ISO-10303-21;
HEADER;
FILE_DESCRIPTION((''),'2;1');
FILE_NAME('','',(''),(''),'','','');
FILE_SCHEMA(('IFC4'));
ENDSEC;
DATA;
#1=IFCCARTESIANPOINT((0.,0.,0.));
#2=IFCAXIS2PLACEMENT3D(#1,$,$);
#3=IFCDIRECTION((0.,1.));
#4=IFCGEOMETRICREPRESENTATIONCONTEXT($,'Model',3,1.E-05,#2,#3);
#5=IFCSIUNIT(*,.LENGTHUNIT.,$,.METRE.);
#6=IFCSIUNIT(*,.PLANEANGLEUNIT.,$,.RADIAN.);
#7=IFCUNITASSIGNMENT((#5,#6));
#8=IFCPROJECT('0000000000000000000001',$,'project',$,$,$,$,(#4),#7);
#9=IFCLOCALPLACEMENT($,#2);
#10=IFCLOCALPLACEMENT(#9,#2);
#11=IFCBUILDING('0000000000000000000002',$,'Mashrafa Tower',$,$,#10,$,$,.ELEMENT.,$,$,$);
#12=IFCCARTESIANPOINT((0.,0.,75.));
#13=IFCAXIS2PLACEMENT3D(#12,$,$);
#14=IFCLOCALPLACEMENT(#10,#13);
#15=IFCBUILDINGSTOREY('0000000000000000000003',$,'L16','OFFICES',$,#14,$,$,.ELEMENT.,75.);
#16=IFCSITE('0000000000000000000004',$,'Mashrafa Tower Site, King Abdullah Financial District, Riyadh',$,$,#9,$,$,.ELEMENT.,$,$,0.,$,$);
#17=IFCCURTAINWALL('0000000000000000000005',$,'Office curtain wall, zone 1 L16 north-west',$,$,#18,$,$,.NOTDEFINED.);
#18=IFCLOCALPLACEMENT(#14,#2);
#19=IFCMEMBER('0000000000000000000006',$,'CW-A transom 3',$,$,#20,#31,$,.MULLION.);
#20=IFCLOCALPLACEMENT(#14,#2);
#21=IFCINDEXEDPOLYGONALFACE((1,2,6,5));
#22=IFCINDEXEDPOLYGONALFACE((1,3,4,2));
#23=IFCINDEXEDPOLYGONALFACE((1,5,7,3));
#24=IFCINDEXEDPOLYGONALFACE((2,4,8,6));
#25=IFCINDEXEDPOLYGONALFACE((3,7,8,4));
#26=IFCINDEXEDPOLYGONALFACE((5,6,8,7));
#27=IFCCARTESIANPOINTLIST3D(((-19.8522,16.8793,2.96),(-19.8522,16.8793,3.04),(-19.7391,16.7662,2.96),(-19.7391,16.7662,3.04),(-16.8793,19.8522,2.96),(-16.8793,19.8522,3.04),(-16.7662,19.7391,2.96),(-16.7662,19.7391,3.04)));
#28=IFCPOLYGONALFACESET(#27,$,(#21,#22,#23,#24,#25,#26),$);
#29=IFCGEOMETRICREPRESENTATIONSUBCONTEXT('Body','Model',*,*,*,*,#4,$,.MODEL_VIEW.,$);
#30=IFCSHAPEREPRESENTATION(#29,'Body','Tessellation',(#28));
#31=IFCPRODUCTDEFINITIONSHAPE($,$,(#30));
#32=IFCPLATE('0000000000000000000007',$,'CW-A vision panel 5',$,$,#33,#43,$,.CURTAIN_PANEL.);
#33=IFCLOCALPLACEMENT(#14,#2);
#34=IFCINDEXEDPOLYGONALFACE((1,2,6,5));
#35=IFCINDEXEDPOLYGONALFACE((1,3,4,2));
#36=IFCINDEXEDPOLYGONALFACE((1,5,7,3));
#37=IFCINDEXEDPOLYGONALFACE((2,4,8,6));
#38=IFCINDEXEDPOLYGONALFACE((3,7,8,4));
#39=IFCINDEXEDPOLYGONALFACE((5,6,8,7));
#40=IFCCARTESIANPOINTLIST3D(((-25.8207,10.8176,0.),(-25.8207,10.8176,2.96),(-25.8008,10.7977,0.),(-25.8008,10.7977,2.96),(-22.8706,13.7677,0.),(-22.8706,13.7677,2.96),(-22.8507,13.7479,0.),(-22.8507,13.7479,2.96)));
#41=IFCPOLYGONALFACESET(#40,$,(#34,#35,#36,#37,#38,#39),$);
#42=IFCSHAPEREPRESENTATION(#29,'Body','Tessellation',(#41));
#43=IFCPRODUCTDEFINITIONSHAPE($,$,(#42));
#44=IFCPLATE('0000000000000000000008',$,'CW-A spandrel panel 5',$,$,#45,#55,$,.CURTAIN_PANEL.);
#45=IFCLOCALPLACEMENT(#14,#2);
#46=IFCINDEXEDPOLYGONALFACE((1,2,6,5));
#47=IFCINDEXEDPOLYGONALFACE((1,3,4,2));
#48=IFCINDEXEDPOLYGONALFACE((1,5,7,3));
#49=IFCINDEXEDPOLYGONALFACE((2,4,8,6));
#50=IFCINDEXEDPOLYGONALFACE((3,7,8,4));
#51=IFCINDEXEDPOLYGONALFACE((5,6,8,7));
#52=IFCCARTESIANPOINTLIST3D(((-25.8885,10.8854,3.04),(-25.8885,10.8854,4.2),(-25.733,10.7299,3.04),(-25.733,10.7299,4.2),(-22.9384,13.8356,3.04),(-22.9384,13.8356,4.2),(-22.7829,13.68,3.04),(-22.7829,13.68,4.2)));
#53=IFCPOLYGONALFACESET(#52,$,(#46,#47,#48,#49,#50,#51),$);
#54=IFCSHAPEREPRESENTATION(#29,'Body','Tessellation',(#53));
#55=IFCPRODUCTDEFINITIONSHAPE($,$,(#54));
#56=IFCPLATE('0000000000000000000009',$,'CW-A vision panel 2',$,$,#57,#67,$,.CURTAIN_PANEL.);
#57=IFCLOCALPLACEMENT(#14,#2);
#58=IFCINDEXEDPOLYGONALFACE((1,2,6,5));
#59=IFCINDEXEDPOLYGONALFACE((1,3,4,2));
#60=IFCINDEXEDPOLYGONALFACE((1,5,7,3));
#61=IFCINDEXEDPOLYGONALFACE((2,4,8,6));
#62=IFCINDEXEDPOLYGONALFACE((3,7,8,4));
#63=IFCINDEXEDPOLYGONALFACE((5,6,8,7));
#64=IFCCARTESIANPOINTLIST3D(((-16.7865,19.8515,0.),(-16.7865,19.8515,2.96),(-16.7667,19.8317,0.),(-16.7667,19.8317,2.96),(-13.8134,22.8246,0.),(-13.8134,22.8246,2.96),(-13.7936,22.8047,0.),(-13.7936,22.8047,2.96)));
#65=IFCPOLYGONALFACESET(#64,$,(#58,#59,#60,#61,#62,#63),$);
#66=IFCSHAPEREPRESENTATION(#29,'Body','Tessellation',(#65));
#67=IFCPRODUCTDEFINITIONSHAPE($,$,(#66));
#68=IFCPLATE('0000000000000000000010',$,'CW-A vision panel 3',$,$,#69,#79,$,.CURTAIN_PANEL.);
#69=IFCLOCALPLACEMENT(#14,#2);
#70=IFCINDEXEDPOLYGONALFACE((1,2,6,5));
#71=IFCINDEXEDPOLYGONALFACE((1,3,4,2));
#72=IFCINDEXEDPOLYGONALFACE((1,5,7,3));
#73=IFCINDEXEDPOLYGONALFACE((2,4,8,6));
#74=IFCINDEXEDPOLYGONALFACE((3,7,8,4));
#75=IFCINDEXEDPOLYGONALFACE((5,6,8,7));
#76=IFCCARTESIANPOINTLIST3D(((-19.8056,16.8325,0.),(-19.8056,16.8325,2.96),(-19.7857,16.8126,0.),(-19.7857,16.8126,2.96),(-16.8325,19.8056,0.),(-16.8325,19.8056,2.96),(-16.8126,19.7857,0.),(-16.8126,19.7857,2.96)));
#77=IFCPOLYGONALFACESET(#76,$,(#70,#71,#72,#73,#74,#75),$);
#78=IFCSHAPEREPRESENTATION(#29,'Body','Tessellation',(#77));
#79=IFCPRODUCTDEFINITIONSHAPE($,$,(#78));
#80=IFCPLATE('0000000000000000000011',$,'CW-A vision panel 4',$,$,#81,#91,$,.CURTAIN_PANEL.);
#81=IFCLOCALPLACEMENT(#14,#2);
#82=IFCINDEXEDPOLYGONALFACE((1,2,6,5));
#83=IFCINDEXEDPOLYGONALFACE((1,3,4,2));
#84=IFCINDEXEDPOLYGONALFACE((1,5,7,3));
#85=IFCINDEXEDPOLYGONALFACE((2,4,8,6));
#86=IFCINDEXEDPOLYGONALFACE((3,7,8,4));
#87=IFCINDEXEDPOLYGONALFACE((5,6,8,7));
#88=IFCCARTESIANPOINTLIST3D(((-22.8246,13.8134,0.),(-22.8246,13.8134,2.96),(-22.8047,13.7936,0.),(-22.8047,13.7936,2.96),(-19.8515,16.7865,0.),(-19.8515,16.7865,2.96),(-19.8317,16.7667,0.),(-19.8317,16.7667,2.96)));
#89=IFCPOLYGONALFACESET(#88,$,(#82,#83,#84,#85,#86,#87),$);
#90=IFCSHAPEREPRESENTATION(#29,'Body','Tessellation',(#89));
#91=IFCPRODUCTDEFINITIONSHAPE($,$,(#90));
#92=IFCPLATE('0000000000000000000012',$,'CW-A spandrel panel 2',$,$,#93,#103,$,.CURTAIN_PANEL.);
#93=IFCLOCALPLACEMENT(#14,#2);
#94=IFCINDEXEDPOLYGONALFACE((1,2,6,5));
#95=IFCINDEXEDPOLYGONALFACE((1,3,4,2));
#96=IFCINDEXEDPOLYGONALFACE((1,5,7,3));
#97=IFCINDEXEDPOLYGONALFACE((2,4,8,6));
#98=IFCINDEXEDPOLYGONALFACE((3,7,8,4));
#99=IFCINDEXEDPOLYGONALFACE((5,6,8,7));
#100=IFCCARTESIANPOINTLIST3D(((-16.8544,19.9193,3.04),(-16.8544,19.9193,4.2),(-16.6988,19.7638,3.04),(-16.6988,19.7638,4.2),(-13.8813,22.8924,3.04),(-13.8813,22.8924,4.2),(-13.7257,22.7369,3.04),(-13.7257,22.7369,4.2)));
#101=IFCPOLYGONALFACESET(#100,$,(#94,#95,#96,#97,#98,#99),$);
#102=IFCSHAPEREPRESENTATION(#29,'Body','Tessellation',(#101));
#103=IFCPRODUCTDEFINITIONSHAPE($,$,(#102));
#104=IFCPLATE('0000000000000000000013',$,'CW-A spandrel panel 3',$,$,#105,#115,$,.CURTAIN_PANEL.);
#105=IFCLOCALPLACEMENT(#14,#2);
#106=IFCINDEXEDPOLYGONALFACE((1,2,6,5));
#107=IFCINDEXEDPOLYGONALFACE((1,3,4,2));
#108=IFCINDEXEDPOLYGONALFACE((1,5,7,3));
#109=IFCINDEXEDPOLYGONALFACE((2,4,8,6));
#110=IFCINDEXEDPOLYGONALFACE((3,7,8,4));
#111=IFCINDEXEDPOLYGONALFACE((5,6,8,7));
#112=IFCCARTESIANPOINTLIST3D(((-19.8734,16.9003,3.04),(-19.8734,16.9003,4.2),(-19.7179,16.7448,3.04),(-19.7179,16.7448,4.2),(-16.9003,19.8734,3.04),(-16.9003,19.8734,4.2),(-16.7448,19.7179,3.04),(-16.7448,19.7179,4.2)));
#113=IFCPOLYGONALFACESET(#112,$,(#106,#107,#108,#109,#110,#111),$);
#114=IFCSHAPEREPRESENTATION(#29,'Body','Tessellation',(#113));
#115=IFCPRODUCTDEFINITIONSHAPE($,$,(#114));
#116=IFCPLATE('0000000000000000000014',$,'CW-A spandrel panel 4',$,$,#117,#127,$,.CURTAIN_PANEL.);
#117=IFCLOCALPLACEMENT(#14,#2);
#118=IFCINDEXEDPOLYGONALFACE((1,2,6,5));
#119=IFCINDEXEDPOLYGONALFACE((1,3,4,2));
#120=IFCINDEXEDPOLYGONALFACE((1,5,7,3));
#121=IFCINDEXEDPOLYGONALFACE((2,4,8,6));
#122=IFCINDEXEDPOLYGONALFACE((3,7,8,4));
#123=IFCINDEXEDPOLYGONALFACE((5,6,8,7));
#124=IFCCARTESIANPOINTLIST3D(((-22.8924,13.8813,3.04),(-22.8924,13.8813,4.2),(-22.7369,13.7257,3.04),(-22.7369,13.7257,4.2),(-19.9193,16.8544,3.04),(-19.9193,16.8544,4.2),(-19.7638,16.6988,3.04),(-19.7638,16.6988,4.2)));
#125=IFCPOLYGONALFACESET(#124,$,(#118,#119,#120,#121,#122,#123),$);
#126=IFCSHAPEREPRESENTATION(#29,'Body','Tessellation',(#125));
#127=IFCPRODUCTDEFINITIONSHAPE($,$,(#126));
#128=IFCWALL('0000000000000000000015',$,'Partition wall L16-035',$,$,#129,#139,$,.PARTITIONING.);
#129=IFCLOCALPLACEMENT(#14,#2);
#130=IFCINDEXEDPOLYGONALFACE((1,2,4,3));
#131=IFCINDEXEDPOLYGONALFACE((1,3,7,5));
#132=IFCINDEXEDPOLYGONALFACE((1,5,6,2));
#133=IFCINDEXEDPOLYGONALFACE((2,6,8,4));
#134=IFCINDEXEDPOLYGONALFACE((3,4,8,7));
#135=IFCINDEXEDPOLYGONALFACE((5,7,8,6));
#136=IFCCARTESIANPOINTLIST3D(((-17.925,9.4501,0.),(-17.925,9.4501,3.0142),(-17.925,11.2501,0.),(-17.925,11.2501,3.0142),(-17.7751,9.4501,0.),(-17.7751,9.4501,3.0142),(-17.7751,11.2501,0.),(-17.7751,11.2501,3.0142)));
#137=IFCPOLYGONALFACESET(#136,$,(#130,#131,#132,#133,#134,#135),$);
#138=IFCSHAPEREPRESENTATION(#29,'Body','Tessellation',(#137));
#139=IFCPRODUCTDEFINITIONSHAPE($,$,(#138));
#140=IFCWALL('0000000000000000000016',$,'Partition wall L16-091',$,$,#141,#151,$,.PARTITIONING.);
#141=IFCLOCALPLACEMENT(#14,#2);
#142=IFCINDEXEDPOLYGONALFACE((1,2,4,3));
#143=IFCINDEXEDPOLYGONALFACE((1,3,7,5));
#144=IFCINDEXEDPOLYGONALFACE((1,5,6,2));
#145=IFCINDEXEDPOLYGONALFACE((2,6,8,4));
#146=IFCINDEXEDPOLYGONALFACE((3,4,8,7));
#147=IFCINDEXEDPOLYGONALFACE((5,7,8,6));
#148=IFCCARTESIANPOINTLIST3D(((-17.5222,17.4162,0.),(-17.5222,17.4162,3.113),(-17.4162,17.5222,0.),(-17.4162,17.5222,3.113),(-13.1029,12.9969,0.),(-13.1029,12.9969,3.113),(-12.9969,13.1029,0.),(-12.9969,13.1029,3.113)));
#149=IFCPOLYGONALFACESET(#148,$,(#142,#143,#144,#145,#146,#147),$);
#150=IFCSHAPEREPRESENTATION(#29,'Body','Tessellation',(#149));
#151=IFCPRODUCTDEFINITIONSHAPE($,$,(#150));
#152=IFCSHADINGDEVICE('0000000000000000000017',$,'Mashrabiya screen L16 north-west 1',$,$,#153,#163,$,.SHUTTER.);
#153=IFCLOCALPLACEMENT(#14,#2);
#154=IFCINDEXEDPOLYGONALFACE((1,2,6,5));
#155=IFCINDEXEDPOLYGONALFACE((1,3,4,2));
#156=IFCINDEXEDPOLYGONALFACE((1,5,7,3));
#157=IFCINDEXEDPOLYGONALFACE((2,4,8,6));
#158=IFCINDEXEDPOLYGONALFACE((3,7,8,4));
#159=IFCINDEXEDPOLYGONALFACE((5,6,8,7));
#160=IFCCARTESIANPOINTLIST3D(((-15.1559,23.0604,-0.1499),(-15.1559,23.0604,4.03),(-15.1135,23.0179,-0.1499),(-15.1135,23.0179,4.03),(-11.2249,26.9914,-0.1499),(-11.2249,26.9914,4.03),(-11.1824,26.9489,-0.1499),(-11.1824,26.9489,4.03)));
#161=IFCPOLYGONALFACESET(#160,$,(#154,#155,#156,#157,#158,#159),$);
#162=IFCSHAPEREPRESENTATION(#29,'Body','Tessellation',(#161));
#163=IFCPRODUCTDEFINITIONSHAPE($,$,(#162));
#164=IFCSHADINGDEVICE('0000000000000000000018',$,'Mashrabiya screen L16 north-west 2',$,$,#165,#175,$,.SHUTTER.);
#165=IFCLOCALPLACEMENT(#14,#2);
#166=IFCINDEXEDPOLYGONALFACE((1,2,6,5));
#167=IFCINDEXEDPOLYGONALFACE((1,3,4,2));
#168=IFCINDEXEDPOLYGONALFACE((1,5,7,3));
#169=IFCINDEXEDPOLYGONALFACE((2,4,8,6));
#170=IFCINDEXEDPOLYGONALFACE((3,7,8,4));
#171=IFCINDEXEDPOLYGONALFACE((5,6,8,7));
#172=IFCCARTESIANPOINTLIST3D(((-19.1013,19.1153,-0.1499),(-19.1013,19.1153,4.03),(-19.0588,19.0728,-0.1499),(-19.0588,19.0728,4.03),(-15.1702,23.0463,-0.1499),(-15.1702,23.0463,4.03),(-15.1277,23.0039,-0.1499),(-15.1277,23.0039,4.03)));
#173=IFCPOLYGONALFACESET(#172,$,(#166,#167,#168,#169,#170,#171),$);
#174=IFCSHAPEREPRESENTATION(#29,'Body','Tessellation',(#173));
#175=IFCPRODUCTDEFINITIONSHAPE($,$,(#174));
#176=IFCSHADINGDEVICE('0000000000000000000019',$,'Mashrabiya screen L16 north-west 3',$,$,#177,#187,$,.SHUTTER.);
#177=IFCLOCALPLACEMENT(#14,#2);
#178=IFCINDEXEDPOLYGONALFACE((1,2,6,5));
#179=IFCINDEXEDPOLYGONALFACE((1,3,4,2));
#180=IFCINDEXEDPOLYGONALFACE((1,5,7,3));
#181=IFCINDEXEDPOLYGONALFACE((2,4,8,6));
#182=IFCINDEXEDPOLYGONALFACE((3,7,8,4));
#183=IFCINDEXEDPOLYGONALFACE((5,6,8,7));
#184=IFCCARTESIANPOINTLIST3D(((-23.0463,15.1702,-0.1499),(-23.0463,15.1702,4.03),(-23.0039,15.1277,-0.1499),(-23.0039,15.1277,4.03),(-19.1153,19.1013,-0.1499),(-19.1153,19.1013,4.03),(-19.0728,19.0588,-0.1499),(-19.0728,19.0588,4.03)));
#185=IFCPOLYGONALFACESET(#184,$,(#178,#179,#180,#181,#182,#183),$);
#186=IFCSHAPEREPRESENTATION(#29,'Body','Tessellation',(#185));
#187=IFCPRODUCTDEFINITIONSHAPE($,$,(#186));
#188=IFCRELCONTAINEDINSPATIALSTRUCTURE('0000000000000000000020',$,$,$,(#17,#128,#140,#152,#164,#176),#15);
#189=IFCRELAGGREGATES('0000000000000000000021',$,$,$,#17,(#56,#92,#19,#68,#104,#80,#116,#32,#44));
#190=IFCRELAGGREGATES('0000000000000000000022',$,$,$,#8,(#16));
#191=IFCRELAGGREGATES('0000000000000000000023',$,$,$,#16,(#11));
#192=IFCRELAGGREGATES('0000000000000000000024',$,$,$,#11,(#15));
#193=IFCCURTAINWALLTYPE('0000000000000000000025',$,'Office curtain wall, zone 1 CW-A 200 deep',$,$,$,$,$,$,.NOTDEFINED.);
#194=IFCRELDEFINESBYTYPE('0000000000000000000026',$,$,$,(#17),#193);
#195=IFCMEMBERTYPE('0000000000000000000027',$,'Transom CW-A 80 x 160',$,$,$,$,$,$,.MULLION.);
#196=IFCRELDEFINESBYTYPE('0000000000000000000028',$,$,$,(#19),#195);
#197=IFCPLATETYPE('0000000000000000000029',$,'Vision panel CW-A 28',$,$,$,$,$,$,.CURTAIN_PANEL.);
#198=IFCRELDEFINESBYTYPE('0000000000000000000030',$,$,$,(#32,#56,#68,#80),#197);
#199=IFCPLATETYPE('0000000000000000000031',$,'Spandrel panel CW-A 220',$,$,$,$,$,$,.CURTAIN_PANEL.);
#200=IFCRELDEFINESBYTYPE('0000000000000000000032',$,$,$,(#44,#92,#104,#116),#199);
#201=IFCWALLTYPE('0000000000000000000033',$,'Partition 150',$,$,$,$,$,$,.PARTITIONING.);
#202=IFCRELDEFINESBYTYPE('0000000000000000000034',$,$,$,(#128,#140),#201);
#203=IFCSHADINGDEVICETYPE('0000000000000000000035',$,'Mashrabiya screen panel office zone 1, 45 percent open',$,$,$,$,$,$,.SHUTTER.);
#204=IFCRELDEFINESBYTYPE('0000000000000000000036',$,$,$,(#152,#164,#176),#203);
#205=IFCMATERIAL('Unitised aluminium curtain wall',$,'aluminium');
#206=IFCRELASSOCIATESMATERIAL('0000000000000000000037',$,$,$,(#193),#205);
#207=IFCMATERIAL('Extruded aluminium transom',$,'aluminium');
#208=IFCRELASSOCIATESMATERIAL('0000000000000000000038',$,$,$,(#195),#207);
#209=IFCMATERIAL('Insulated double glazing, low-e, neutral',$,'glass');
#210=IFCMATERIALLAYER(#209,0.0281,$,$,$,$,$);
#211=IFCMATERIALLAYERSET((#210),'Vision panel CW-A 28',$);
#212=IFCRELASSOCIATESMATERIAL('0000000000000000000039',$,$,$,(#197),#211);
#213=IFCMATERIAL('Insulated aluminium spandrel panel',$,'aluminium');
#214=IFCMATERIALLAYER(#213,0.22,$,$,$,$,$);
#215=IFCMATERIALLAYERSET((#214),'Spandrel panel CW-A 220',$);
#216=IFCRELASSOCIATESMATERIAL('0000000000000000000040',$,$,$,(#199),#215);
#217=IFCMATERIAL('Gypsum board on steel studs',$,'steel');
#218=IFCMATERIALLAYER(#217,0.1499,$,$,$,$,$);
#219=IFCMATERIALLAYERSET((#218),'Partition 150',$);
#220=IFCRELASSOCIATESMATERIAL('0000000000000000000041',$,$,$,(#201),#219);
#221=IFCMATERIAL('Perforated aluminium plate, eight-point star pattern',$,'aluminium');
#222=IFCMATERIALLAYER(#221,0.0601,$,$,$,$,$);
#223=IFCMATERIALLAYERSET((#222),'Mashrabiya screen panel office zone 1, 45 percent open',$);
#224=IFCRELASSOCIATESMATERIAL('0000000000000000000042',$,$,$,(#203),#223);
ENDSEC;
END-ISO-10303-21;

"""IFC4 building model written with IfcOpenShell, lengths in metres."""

from ifc_helpers import new_model, si_unit, direction, frame, frame_2d, origin, origin_2d, place, context, subcontext, project, spatial, rectangle, extrude, source, transform, mapped, material, layer, layer_set, material_profile, profile_set, type_object, type_shapes, element, aggregate, save


model = new_model("IFC4")

# Units and contexts
model_context = context("Model", 3, precision=1e-05, world=origin(), true_north=direction((0.0, 1.0)))
body_context = subcontext(model_context, "Body", "Model", "MODEL_VIEW")
ifc_project = project(units=[si_unit("LENGTHUNIT", "METRE"), si_unit("PLANEANGLEUNIT", "RADIAN")], contexts=[model_context])

# Site, building, storey
site_placement = place(None, origin())
site = spatial("IfcSite", under=ifc_project, at=site_placement, Name="Mashrafa Tower Site, King Abdullah Financial District, Riyadh", CompositionType="ELEMENT", RefElevation=0.0)
building_placement = place(site_placement, origin())
building = spatial("IfcBuilding", under=site, at=building_placement, Name="Mashrafa Tower", CompositionType="ELEMENT")
storey_placement = place(building_placement, frame((0.0, 0.0, 75.0)))
storey = spatial("IfcBuildingStorey", under=building, at=storey_placement, Name="L16", Description="OFFICES", CompositionType="ELEMENT", Elevation=75.0)

# Curtain wall
ifc_material_1 = material(Name="Unitised aluminium curtain wall", Category="aluminium")
curtain_wall_type = type_object("IfcCurtainWallType", Name="Office curtain wall, zone 1 CW-A 200 deep", PredefinedType="NOTDEFINED", material=ifc_material_1)
curtain_wall_1_placement = place(storey_placement, origin())
curtain_wall_1 = element("IfcCurtainWall", 1, at=curtain_wall_1_placement, inside=storey, type_object=curtain_wall_type, Name="Office curtain wall, zone 1 L16 north-west", PredefinedType="NOTDEFINED")

# Member
ifc_material_2 = material(Name="Extruded aluminium transom", Category="aluminium")
ifc_material_profile_1 = material_profile(ifc_material_2, rectangle(XDim=0.1599, YDim=0.0801, at=origin_2d()), Name="Transom 80x160")
ifc_profile_set_1 = profile_set([ifc_material_profile_1], Name="Extruded aluminium transom")
member_type_1 = type_object("IfcMemberType", Name="Transom CW-A 80 x 160", PredefinedType="MULLION", material=ifc_profile_set_1)
shared_shape_1 = source(origin(), body_context, "Body", "SweptSolid", [
    extrude(rectangle(XDim=0.1599, YDim=0.0801, at=origin_2d()), origin(), (0.0, 0.0, 1.0), 4.2043),
])
member_1_placement = place(storey_placement, frame((-16.8228, 19.7957, 3.0), z_axis=(-0.707107, -0.707107, 0.0), x_axis=(0.707107, -0.707107, 0.0)))
member_1 = element("IfcMember", 2, at=member_1_placement, type_object=member_type_1, Name="CW-A transom 3", PredefinedType="MULLION", context=body_context, shape_type="MappedRepresentation", body=[
    mapped(shared_shape_1, transform((0.0, 0.0, 0.0))),
])

# Plates
ifc_material_3 = material(Name="Insulated double glazing, low-e, neutral", Category="glass")
ifc_layer_1 = layer(ifc_material_3, 0.0281)
ifc_layer_set_1 = layer_set([ifc_layer_1], Name="Vision panel CW-A 28")
plate_type_1 = type_object("IfcPlateType", Name="Vision panel CW-A 28", PredefinedType="CURTAIN_PANEL", material=ifc_layer_set_1)
shared_shape_2 = source(origin(), body_context, "Body", "SweptSolid", [
    extrude(rectangle(XDim=4.1721, YDim=0.0281, at=origin_2d()), origin(), (0.0, 0.0, 1.0), 2.96),
])
plate_1_placement = place(storey_placement, frame((-24.3357, 12.2827, 0.0), z_axis=(0.0, 0.0, 1.0), x_axis=(-0.707107, -0.707107, 0.0)))
plate_1 = element("IfcPlate", 3, at=plate_1_placement, type_object=plate_type_1, Name="CW-A vision panel 5", PredefinedType="CURTAIN_PANEL", context=body_context, shape_type="MappedRepresentation", body=[
    mapped(shared_shape_2, transform((0.0, 0.0, 0.0))),
])
ifc_material_4 = material(Name="Insulated aluminium spandrel panel", Category="aluminium")
ifc_layer_2 = layer(ifc_material_4, 0.22)
ifc_layer_set_2 = layer_set([ifc_layer_2], Name="Spandrel panel CW-A 220")
plate_type_2 = type_object("IfcPlateType", Name="Spandrel panel CW-A 220", PredefinedType="CURTAIN_PANEL", material=ifc_layer_set_2)
shared_shape_3 = source(origin(), body_context, "Body", "SweptSolid", [
    extrude(rectangle(XDim=4.1721, YDim=0.22, at=origin_2d()), origin(), (0.0, 0.0, 1.0), 1.1599),
])
plate_2_placement = place(storey_placement, frame((-24.3357, 12.2827, 3.04), z_axis=(0.0, 0.0, 1.0), x_axis=(-0.707107, -0.707107, 0.0)))
plate_2 = element("IfcPlate", 4, at=plate_2_placement, type_object=plate_type_2, Name="CW-A spandrel panel 5", PredefinedType="CURTAIN_PANEL", context=body_context, shape_type="MappedRepresentation", body=[
    mapped(shared_shape_3, transform((0.0, 0.0, 0.0))),
])
shared_shape_4 = source(origin(), body_context, "Body", "SweptSolid", [
    extrude(rectangle(XDim=4.2046, YDim=0.0281, at=origin_2d()), origin(), (0.0, 0.0, 1.0), 2.96),
])
type_shapes(plate_type_1, [shared_shape_2, shared_shape_4])
plate_3_placement = place(storey_placement, frame((-15.29, 21.3281, 0.0), z_axis=(0.0, 0.0, 1.0), x_axis=(-0.707107, -0.707107, 0.0)))
plate_3 = element("IfcPlate", 5, at=plate_3_placement, type_object=plate_type_1, Name="CW-A vision panel 2", PredefinedType="CURTAIN_PANEL", context=body_context, shape_type="MappedRepresentation", body=[
    mapped(shared_shape_4, transform((0.0, 0.0, 0.0))),
])
plate_4_placement = place(storey_placement, frame((-18.3091, 18.3091, 0.0), z_axis=(0.0, 0.0, 1.0), x_axis=(-0.707107, -0.707107, 0.0)))
plate_4 = element("IfcPlate", 6, at=plate_4_placement, type_object=plate_type_1, Name="CW-A vision panel 3", PredefinedType="CURTAIN_PANEL", context=body_context, shape_type="MappedRepresentation", body=[
    mapped(shared_shape_4, transform((0.0, 0.0, 0.0))),
])
plate_5_placement = place(storey_placement, frame((-21.3281, 15.29, 0.0), z_axis=(0.0, 0.0, 1.0), x_axis=(-0.707107, -0.707107, 0.0)))
plate_5 = element("IfcPlate", 7, at=plate_5_placement, type_object=plate_type_1, Name="CW-A vision panel 4", PredefinedType="CURTAIN_PANEL", context=body_context, shape_type="MappedRepresentation", body=[
    mapped(shared_shape_4, transform((0.0, 0.0, 0.0))),
])
shared_shape_5 = source(origin(), body_context, "Body", "SweptSolid", [
    extrude(rectangle(XDim=4.2046, YDim=0.22, at=origin_2d()), origin(), (0.0, 0.0, 1.0), 1.1599),
])
type_shapes(plate_type_2, [shared_shape_3, shared_shape_5])
plate_6_placement = place(storey_placement, frame((-15.29, 21.3281, 3.04), z_axis=(0.0, 0.0, 1.0), x_axis=(-0.707107, -0.707107, 0.0)))
plate_6 = element("IfcPlate", 8, at=plate_6_placement, type_object=plate_type_2, Name="CW-A spandrel panel 2", PredefinedType="CURTAIN_PANEL", context=body_context, shape_type="MappedRepresentation", body=[
    mapped(shared_shape_5, transform((0.0, 0.0, 0.0))),
])
plate_7_placement = place(storey_placement, frame((-18.3091, 18.3091, 3.04), z_axis=(0.0, 0.0, 1.0), x_axis=(-0.707107, -0.707107, 0.0)))
plate_7 = element("IfcPlate", 9, at=plate_7_placement, type_object=plate_type_2, Name="CW-A spandrel panel 3", PredefinedType="CURTAIN_PANEL", context=body_context, shape_type="MappedRepresentation", body=[
    mapped(shared_shape_5, transform((0.0, 0.0, 0.0))),
])
plate_8_placement = place(storey_placement, frame((-21.3281, 15.29, 3.04), z_axis=(0.0, 0.0, 1.0), x_axis=(-0.707107, -0.707107, 0.0)))
plate_8 = element("IfcPlate", 10, at=plate_8_placement, type_object=plate_type_2, Name="CW-A spandrel panel 4", PredefinedType="CURTAIN_PANEL", context=body_context, shape_type="MappedRepresentation", body=[
    mapped(shared_shape_5, transform((0.0, 0.0, 0.0))),
])
aggregate(curtain_wall_1, [plate_3, plate_6, member_1, plate_4, plate_7, plate_5, plate_8, plate_1, plate_2])

# Walls
ifc_material_5 = material(Name="Gypsum board on steel studs", Category="steel")
ifc_layer_3 = layer(ifc_material_5, 0.1499)
ifc_layer_set_3 = layer_set([ifc_layer_3], Name="Partition 150")
wall_type = type_object("IfcWallType", Name="Partition 150", PredefinedType="PARTITIONING", material=ifc_layer_set_3)
wall_1_placement = place(storey_placement, frame((-17.8501, 11.25, 0.0), z_axis=(0.0, 0.0, 1.0), x_axis=(0.0, -1.0, 0.0)))
element("IfcWall", 11, at=wall_1_placement, inside=storey, type_object=wall_type, Name="Partition wall L16-035", PredefinedType="PARTITIONING", context=body_context, shape_type="SweptSolid", body=[
    extrude(rectangle(XDim=1.8, YDim=0.1499, at=frame_2d((0.8999, 0.0))), origin(), (0.0, 0.0, 1.0), 3.0142),
])
wall_2_placement = place(storey_placement, frame((-17.4692, 17.4692, 0.0), z_axis=(0.0, 0.0, 1.0), x_axis=(0.707107, -0.707107, 0.0)))
element("IfcWall", 12, at=wall_2_placement, inside=storey, type_object=wall_type, Name="Partition wall L16-091", PredefinedType="PARTITIONING", context=body_context, shape_type="SweptSolid", body=[
    extrude(rectangle(XDim=6.2498, YDim=0.1499, at=frame_2d((3.125, 0.0))), origin(), (0.0, 0.0, 1.0), 3.113),
])

# Shading devices
ifc_material_6 = material(Name="Perforated aluminium plate, eight-point star pattern", Category="aluminium")
ifc_layer_4 = layer(ifc_material_6, 0.0601)
ifc_layer_set_4 = layer_set([ifc_layer_4], Name="Mashrabiya screen panel office zone 1, 45 percent open")
shading_device_type = type_object("IfcShadingDeviceType", Name="Mashrabiya screen panel office zone 1, 45 percent open", PredefinedType="SHUTTER", material=ifc_layer_set_4)
shared_shape_6 = source(origin(), body_context, "Body", "SweptSolid", [
    extrude(rectangle(XDim=5.5593, YDim=0.0601, at=origin_2d()), origin(), (0.0, 0.0, 1.0), 4.1799),
])
type_shapes(shading_device_type, [shared_shape_6])
for number, where, z_axis, x_axis, name in (
    (13, (-13.1692, 25.0046, -0.1499), (0.0, 0.0, 1.0), (-0.707107, -0.707107, 0.0), "Mashrabiya screen L16 north-west 1"),
    (14, (-17.1145, 21.0596, -0.1499), (0.0, 0.0, 1.0), (-0.707107, -0.707107, 0.0), "Mashrabiya screen L16 north-west 2"),
    (15, (-21.0596, 17.1145, -0.1499), (0.0, 0.0, 1.0), (-0.707107, -0.707107, 0.0), "Mashrabiya screen L16 north-west 3"),
):
    element("IfcShadingDevice", number, at=place(storey_placement, frame(where, z_axis=z_axis, x_axis=x_axis)), inside=storey, type_object=shading_device_type, Name=name, PredefinedType="SHUTTER", context=body_context, shape_type="MappedRepresentation", body=[
        mapped(shared_shape_6, transform((0.0, 0.0, 0.0))),
    ])

save(model, "model.ifc")
